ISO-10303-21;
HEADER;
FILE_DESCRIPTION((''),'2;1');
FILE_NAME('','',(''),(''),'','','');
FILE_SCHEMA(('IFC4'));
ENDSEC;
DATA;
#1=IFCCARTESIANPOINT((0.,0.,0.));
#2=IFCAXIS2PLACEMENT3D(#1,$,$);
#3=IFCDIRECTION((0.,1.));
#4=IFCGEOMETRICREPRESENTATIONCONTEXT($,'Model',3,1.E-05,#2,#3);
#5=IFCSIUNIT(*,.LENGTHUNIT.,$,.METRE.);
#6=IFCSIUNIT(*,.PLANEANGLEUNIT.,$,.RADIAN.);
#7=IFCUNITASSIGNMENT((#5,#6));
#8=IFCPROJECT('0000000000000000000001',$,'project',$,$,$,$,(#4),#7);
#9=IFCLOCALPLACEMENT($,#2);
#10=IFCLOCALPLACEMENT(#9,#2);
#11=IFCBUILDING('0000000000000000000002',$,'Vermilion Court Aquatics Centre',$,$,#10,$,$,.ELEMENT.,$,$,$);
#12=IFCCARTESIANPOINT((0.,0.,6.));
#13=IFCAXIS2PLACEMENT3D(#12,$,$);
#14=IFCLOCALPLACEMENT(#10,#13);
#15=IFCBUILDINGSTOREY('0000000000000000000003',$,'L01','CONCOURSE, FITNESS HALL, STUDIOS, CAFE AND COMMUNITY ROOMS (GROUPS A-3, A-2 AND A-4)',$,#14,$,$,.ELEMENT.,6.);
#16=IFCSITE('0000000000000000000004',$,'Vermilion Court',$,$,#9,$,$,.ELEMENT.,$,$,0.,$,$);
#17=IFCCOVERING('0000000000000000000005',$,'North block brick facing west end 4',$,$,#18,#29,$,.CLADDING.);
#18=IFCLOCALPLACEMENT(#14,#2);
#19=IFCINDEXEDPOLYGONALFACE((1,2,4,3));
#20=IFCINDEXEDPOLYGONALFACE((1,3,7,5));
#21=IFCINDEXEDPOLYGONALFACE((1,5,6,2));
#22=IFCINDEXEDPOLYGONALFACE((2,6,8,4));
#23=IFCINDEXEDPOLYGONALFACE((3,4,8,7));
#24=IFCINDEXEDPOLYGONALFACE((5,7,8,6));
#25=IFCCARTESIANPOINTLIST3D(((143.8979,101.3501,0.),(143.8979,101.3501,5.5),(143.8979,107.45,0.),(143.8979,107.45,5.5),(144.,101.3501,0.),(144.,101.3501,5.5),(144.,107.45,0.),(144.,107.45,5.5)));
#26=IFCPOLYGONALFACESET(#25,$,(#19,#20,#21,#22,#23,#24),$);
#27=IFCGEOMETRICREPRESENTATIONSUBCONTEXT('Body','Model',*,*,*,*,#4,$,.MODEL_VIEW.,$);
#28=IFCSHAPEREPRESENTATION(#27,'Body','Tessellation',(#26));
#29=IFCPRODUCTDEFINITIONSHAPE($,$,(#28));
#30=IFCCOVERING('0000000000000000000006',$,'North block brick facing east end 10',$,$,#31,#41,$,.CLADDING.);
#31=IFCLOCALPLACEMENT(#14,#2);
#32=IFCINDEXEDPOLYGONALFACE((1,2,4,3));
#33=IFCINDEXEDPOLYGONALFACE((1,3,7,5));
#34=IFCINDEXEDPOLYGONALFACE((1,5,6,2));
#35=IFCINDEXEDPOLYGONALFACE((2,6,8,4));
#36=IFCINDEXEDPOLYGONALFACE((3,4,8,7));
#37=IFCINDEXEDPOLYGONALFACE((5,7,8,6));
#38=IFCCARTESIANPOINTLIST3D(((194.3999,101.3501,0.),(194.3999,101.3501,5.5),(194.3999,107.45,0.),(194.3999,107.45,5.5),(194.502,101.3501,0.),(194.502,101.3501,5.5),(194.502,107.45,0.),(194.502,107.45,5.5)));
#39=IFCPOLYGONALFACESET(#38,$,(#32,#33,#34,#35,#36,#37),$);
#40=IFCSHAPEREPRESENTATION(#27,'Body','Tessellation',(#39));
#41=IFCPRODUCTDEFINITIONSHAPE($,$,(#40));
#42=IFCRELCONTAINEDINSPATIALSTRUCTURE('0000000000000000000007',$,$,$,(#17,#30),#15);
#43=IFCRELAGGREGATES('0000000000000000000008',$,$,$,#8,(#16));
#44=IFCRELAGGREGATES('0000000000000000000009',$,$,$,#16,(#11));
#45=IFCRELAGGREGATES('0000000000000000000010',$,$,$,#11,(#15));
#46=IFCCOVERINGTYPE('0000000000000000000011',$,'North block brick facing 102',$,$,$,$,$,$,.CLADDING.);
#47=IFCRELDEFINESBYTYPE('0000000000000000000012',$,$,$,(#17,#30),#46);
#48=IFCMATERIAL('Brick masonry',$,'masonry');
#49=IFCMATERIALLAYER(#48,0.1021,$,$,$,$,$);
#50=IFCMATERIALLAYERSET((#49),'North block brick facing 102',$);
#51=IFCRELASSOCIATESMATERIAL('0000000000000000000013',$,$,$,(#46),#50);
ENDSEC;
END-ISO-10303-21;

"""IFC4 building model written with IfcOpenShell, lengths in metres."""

from ifc_helpers import new_model, si_unit, direction, frame, origin, place, context, subcontext, project, spatial, polyline, outline, extrude, material, layer, layer_set, type_object, element, save


model = new_model("IFC4")

# Units and contexts
model_context = context("Model", 3, precision=1e-05, world=origin(), true_north=direction((0.0, 1.0)))
body_context = subcontext(model_context, "Body", "Model", "MODEL_VIEW")
ifc_project = project(units=[si_unit("LENGTHUNIT", "METRE"), si_unit("PLANEANGLEUNIT", "RADIAN")], contexts=[model_context])

# Site, building, storey
site_placement = place(None, origin())
site = spatial("IfcSite", under=ifc_project, at=site_placement, Name="Vermilion Court", CompositionType="ELEMENT", RefElevation=0.0)
building_placement = place(site_placement, origin())
building = spatial("IfcBuilding", under=site, at=building_placement, Name="Vermilion Court Aquatics Centre", CompositionType="ELEMENT")
storey_placement = place(building_placement, frame((0.0, 0.0, 6.0)))
storey = spatial("IfcBuildingStorey", under=building, at=storey_placement, Name="L01", Description="CONCOURSE, FITNESS HALL, STUDIOS, CAFE AND COMMUNITY ROOMS (GROUPS A-3, A-2 AND A-4)", CompositionType="ELEMENT", Elevation=6.0)

# Coverings
ifc_material_1 = material(Name="Brick masonry", Category="masonry")
ifc_layer_1 = layer(ifc_material_1, 0.1021)
ifc_layer_set_1 = layer_set([ifc_layer_1], Name="North block brick facing 102")
covering_type_1 = type_object("IfcCoveringType", Name="North block brick facing 102", PredefinedType="CLADDING", material=ifc_layer_set_1)
covering_1_placement = place(storey_placement, origin())
element("IfcCovering", 1, at=covering_1_placement, inside=storey, type_object=covering_type_1, Name="North block brick facing west end 4", PredefinedType="CLADDING", context=body_context, shape_type="SweptSolid", body=[
    extrude(outline(polyline([(143.8979, 101.3501), (144.0, 101.3501), (144.0, 107.45), (143.8979, 107.45), (143.8979, 101.3501)])), origin(), (0.0, 0.0, 1.0), 5.5),
])
covering_2_placement = place(storey_placement, origin())
element("IfcCovering", 2, at=covering_2_placement, inside=storey, type_object=covering_type_1, Name="North block brick facing east end 10", PredefinedType="CLADDING", context=body_context, shape_type="SweptSolid", body=[
    extrude(outline(polyline([(194.3999, 101.3501), (194.502, 101.3501), (194.502, 107.45), (194.3999, 107.45), (194.3999, 101.3501)])), origin(), (0.0, 0.0, 1.0), 5.5),
])

save(model, "model.ifc")
